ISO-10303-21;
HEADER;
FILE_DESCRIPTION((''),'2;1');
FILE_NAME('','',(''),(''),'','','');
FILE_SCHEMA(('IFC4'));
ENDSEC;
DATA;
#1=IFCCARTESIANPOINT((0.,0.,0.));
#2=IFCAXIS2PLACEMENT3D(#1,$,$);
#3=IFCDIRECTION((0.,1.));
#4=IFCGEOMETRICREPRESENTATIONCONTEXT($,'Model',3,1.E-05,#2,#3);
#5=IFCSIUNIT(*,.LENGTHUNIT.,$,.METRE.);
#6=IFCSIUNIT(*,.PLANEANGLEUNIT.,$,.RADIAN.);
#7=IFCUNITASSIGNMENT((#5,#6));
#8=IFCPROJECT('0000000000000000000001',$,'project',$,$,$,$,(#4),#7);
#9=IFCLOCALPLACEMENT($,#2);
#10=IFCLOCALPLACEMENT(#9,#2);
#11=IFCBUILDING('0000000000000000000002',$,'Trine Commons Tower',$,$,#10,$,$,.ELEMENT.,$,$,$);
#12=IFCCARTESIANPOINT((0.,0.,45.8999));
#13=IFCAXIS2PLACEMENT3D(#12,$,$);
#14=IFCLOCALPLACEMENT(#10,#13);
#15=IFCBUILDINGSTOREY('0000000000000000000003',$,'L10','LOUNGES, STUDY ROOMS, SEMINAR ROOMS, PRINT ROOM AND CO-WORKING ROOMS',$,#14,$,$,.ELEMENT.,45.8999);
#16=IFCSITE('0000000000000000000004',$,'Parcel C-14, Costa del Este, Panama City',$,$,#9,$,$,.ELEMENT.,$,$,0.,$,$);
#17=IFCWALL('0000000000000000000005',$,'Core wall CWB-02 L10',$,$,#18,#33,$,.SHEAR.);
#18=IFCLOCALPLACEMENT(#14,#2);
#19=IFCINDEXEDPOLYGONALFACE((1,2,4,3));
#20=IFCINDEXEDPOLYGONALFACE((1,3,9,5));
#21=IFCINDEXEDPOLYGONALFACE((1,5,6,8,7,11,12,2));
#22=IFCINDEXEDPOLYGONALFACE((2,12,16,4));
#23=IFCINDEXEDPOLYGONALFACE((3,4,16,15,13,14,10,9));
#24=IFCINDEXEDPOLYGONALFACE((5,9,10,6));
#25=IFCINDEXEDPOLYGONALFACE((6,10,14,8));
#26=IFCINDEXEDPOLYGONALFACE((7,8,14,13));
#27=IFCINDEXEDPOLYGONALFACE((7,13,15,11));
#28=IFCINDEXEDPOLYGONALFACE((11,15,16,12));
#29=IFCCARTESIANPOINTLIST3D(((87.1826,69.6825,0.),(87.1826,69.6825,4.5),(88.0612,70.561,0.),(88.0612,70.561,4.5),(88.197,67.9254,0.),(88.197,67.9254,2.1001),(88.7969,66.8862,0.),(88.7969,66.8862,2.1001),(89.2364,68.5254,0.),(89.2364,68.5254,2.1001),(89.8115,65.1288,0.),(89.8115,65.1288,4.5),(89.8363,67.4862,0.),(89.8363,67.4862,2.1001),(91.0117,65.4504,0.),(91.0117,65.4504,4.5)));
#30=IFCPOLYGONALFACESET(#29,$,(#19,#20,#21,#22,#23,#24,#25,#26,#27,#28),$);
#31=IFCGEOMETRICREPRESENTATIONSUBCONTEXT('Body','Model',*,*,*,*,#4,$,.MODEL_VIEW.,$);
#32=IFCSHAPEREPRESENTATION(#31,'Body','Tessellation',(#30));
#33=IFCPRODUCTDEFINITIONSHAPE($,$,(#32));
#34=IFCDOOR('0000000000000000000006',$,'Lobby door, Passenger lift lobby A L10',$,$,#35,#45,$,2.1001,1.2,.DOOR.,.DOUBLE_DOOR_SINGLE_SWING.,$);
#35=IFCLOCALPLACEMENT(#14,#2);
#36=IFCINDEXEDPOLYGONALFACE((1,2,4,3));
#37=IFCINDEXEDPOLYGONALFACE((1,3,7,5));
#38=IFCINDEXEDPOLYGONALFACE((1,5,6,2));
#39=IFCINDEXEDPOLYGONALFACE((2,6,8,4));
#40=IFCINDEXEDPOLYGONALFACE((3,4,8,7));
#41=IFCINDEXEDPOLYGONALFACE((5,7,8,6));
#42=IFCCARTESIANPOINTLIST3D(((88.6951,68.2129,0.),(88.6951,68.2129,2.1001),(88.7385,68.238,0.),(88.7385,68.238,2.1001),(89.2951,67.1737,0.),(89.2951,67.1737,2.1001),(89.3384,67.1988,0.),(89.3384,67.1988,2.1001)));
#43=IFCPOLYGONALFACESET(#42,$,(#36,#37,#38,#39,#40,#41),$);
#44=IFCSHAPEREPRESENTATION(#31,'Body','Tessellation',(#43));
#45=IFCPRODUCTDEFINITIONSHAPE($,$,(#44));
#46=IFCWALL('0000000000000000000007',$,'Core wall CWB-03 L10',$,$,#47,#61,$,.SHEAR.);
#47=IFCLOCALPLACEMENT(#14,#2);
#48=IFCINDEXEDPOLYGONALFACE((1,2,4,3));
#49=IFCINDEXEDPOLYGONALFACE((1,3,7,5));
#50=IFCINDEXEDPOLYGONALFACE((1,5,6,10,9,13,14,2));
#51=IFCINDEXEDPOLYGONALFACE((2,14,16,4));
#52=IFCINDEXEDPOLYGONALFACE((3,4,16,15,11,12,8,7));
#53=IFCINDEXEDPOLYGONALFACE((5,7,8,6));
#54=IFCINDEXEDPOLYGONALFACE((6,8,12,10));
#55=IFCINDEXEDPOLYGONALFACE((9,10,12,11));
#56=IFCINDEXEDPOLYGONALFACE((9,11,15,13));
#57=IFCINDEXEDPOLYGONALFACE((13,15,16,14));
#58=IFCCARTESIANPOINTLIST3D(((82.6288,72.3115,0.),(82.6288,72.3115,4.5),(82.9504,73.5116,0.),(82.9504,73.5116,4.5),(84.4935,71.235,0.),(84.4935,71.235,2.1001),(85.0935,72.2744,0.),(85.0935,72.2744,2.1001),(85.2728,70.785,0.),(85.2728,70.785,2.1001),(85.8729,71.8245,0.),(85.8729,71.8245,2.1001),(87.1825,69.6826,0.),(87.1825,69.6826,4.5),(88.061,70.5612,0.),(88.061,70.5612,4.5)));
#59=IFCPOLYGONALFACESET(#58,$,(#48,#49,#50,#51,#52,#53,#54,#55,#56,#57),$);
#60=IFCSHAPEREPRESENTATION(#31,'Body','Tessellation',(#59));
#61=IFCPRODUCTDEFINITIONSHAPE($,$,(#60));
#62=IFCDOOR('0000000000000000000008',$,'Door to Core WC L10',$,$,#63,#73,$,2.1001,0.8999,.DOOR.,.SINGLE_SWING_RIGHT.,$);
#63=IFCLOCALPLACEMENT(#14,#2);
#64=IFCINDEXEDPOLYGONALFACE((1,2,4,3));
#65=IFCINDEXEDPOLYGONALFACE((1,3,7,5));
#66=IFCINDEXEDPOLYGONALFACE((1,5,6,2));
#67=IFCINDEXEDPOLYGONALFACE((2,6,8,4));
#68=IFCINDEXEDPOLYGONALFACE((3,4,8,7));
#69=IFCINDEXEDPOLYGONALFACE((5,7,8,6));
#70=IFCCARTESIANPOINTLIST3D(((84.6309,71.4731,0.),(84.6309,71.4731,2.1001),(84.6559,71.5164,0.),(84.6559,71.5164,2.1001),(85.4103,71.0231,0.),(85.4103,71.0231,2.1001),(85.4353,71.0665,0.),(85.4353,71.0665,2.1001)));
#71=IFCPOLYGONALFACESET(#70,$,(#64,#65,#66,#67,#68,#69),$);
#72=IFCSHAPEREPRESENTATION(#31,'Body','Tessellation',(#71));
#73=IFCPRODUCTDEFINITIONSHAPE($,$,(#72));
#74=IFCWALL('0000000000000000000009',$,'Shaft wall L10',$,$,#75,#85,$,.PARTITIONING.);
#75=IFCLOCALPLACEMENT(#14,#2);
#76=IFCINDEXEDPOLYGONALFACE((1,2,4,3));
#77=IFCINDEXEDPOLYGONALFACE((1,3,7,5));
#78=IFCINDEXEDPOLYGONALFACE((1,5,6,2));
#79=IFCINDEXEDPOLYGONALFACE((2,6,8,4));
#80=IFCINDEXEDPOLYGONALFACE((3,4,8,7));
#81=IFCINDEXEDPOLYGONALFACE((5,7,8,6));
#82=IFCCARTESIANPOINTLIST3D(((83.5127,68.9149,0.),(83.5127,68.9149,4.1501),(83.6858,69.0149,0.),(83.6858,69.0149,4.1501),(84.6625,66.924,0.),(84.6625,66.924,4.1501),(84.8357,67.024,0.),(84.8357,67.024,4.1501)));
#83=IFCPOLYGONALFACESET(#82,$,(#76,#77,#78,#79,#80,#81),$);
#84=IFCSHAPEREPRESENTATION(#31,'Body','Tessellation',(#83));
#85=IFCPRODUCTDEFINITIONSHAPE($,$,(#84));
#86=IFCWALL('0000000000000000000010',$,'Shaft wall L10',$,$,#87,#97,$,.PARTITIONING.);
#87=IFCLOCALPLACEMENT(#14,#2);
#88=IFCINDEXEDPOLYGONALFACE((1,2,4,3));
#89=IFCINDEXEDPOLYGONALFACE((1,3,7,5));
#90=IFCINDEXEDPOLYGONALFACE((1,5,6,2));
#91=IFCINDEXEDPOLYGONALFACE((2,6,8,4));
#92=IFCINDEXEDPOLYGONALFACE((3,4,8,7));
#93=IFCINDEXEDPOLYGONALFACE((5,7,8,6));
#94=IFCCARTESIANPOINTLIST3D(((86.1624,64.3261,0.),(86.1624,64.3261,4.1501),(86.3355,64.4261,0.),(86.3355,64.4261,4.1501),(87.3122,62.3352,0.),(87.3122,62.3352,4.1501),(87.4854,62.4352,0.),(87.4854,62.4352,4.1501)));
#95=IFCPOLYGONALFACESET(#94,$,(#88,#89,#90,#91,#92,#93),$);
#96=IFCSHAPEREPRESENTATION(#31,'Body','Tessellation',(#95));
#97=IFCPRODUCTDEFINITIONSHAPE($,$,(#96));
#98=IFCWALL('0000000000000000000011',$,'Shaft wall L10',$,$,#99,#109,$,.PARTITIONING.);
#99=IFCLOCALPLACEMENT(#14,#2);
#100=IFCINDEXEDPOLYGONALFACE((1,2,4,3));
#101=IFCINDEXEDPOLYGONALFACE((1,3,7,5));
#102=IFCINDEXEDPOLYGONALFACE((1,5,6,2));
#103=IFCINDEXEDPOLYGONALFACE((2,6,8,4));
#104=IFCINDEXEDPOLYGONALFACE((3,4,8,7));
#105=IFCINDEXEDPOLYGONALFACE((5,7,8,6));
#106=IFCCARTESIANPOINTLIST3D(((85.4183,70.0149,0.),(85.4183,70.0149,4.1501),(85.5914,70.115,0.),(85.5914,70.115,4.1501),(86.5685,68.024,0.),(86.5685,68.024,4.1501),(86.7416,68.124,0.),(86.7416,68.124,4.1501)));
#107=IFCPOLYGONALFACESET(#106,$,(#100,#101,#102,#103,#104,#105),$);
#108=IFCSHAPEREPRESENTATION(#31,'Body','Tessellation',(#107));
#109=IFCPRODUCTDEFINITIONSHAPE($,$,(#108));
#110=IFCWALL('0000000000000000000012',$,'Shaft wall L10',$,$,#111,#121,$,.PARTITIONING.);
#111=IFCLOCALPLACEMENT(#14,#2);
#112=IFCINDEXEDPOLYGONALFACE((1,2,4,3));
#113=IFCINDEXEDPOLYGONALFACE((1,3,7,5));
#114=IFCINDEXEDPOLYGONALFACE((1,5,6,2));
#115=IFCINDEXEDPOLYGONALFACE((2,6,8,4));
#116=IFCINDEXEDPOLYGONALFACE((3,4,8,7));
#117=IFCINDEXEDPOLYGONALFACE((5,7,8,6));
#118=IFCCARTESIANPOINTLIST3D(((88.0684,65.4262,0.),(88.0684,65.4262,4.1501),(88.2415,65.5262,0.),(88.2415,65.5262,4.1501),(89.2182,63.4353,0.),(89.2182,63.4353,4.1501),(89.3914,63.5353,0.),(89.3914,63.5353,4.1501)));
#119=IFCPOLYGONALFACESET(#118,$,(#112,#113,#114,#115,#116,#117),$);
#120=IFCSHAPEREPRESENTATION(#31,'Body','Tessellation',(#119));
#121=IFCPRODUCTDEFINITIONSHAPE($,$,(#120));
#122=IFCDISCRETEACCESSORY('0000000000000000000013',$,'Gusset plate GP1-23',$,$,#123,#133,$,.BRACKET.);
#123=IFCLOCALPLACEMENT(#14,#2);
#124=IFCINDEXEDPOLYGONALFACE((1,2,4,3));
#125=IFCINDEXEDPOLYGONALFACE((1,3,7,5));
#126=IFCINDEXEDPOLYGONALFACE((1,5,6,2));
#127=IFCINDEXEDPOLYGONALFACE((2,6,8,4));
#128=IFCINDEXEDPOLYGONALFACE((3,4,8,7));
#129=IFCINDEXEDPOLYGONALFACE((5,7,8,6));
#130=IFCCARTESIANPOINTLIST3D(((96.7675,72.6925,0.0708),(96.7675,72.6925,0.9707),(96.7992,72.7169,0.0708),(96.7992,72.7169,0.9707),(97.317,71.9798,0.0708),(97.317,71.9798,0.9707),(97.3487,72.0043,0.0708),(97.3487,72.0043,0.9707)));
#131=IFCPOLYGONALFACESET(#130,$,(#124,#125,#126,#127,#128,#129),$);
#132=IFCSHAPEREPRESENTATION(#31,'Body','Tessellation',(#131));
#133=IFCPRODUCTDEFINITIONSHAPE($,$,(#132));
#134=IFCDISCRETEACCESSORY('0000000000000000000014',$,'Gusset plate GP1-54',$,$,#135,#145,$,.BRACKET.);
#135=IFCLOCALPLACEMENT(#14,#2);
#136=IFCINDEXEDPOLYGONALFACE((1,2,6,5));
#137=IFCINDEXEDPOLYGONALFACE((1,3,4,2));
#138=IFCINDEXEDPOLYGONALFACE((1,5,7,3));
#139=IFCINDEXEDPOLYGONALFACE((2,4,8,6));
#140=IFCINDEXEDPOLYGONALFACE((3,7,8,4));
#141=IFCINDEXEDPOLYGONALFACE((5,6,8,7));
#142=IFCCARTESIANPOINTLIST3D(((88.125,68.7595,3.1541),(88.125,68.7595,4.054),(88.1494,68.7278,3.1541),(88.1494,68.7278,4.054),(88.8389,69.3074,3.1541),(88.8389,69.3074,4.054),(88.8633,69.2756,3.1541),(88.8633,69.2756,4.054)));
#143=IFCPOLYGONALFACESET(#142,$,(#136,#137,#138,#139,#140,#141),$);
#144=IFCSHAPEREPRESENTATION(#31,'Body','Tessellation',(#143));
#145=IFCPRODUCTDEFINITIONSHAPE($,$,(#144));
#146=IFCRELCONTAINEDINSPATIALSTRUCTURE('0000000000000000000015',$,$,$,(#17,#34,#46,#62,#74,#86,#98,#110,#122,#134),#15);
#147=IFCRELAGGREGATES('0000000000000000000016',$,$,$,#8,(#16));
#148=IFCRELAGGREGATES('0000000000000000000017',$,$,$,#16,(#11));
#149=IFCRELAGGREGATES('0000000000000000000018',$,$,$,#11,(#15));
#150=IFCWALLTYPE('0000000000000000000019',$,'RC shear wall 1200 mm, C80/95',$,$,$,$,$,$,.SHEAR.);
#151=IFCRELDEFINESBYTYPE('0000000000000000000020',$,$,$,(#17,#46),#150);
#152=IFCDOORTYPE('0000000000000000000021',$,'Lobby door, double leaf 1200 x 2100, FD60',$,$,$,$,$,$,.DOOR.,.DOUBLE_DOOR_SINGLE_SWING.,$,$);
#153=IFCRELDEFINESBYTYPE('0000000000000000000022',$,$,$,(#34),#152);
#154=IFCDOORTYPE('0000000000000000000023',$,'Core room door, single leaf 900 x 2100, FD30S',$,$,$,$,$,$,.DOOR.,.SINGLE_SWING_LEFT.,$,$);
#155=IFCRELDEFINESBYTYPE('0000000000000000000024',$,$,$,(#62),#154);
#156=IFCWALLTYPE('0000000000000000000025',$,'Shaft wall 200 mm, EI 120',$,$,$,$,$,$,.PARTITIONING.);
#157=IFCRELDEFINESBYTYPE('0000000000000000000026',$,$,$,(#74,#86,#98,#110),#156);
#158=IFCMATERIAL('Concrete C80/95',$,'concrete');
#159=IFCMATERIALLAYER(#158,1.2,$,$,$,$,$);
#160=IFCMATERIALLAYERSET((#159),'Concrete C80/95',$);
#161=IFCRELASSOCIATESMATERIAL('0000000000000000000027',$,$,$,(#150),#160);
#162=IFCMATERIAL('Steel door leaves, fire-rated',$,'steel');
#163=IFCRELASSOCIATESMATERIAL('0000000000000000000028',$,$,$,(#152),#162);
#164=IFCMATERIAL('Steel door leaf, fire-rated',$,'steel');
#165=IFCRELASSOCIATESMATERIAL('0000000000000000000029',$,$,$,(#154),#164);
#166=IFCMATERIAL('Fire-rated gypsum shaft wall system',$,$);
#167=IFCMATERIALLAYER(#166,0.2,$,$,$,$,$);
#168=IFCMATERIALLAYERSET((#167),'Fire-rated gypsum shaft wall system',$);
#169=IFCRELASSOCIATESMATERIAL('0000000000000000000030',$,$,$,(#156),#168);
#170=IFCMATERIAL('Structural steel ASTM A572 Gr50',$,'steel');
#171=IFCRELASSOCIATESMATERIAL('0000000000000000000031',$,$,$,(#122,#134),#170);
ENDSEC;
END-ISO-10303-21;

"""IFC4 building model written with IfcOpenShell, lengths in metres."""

from ifc_helpers import new_model, si_unit, direction, frame, frame_2d, origin, origin_2d, place, context, subcontext, project, spatial, polyline, rectangle, outline, extrude, material, layer, layer_set, type_object, element, fill, save


model = new_model("IFC4")

# Units and contexts
model_context = context("Model", 3, precision=1e-05, world=origin(), true_north=direction((0.0, 1.0)))
body_context = subcontext(model_context, "Body", "Model", "MODEL_VIEW")
ifc_project = project(units=[si_unit("LENGTHUNIT", "METRE"), si_unit("PLANEANGLEUNIT", "RADIAN")], contexts=[model_context])

# Site, building, storey
site_placement = place(None, origin())
site = spatial("IfcSite", under=ifc_project, at=site_placement, Name="Parcel C-14, Costa del Este, Panama City", CompositionType="ELEMENT", RefElevation=0.0)
building_placement = place(site_placement, origin())
building = spatial("IfcBuilding", under=site, at=building_placement, Name="Trine Commons Tower", CompositionType="ELEMENT")
storey_placement = place(building_placement, frame((0.0, 0.0, 45.8999)))
storey = spatial("IfcBuildingStorey", under=building, at=storey_placement, Name="L10", Description="LOUNGES, STUDY ROOMS, SEMINAR ROOMS, PRINT ROOM AND CO-WORKING ROOMS", CompositionType="ELEMENT", Elevation=45.8999)

# Walls, openings, doors
ifc_material_1 = material(Name="Concrete C80/95", Category="concrete")
ifc_layer_1 = layer(ifc_material_1, 1.2)
ifc_layer_set_1 = layer_set([ifc_layer_1], Name="Concrete C80/95")
wall_type_1 = type_object("IfcWallType", Name="RC shear wall 1200 mm, C80/95", PredefinedType="SHEAR", material=ifc_layer_set_1)
wall_1_placement = place(storey_placement, frame((90.4919, 65.1504, 0.0), z_axis=(0.0, 0.0, 1.0), x_axis=(-0.499979, 0.866037, 0.0)))
wall_1 = element("IfcWall", 1, at=wall_1_placement, inside=storey, type_object=wall_type_1, Name="Core wall CWB-02 L10", PredefinedType="SHEAR", context=body_context, shape_type="SweptSolid", body=[
    extrude(outline(polyline([(0.0, -0.6001), (5.9011, -0.6001), (5.5796, 0.6001), (0.3215, 0.6001), (0.0, -0.6001)])), origin(), (0.0, 0.0, 1.0), 4.5),
])
opening_1_placement = place(wall_1_placement, frame((2.3506, 0.0, 0.0)))
opening_1 = element("IfcOpeningElement", 2, at=opening_1_placement, cuts=wall_1, PredefinedType="OPENING", context=body_context, shape_type="SweptSolid", body=[
    extrude(rectangle(XDim=1.2, YDim=2.1001, at=frame_2d((0.6001, 1.05))), frame((0.0, 0.6099, 0.0), z_axis=(0.0, -1.0, 0.0), x_axis=(1.0, 0.0, 0.0)), (0.0, 0.0, 1.0), 1.22),
])
ifc_material_2 = material(Name="Steel door leaves, fire-rated", Category="steel")
door_type_1 = type_object("IfcDoorType", Name="Lobby door, double leaf 1200 x 2100, FD60", OperationType="DOUBLE_DOOR_SINGLE_SWING", PredefinedType="DOOR", material=ifc_material_2)
door_1_placement = place(opening_1_placement, origin())
door_1 = element("IfcDoor", 3, at=door_1_placement, inside=storey, type_object=door_type_1, Name="Lobby door, Passenger lift lobby A L10", OperationType="DOUBLE_DOOR_SINGLE_SWING", OverallHeight=2.1001, OverallWidth=1.2, PredefinedType="DOOR", context=body_context, shape_type="SweptSolid", body=[
    extrude(rectangle(XDim=1.2, YDim=2.1001, at=frame_2d((0.6001, 1.05))), frame((0.0, 0.0249, 0.0), z_axis=(0.0, -1.0, 0.0), x_axis=(1.0, 0.0, 0.0)), (0.0, 0.0, 1.0), 0.05),
])
fill(opening_1, door_1)
wall_2_placement = place(storey_placement, frame((87.761, 70.0415, 0.0), z_axis=(0.0, 0.0, 1.0), x_axis=(-0.866037, 0.499979, 0.0)))
wall_2 = element("IfcWall", 4, at=wall_2_placement, inside=storey, type_object=wall_type_1, Name="Core wall CWB-03 L10", PredefinedType="SHEAR", context=body_context, shape_type="SweptSolid", body=[
    extrude(outline(polyline([(0.0, -0.6001), (5.9011, -0.6001), (5.5796, 0.6001), (0.3215, 0.6001), (0.0, -0.6001)])), origin(), (0.0, 0.0, 1.0), 4.5),
])
opening_2_placement = place(wall_2_placement, frame((2.5266, 0.0, 0.0)))
opening_2 = element("IfcOpeningElement", 5, at=opening_2_placement, cuts=wall_2, PredefinedType="OPENING", context=body_context, shape_type="SweptSolid", body=[
    extrude(rectangle(XDim=0.8999, YDim=2.1001, at=frame_2d((0.45, 1.05))), frame((0.0, 0.6099, 0.0), z_axis=(0.0, -1.0, 0.0), x_axis=(1.0, 0.0, 0.0)), (0.0, 0.0, 1.0), 1.22),
])
ifc_material_3 = material(Name="Steel door leaf, fire-rated", Category="steel")
door_type_2 = type_object("IfcDoorType", Name="Core room door, single leaf 900 x 2100, FD30S", OperationType="SINGLE_SWING_LEFT", PredefinedType="DOOR", material=ifc_material_3)
door_2_placement = place(opening_2_placement, origin())
door_2 = element("IfcDoor", 6, at=door_2_placement, inside=storey, type_object=door_type_2, Name="Door to Core WC L10", OperationType="SINGLE_SWING_RIGHT", OverallHeight=2.1001, OverallWidth=0.8999, PredefinedType="DOOR", context=body_context, shape_type="SweptSolid", body=[
    extrude(rectangle(XDim=0.8999, YDim=2.1001, at=frame_2d((0.45, 1.05))), frame((0.0, 0.3252, 0.0), z_axis=(0.0, -1.0, 0.0), x_axis=(1.0, 0.0, 0.0)), (0.0, 0.0, 1.0), 0.05),
])
fill(opening_2, door_2)

# Walls
ifc_material_4 = material(Name="Fire-rated gypsum shaft wall system")
ifc_layer_2 = layer(ifc_material_4, 0.2)
ifc_layer_set_2 = layer_set([ifc_layer_2], Name="Fire-rated gypsum shaft wall system")
wall_type_2 = type_object("IfcWallType", Name="Shaft wall 200 mm, EI 120", PredefinedType="PARTITIONING", material=ifc_layer_set_2)
for number, where, z_axis, x_axis, name in (
    (7, (84.749, 66.9741, 0.0), (0.0, 0.0, 1.0), (-0.500136, 0.865947, 0.0), "Shaft wall L10"),
    (8, (86.249, 64.376, 0.0), (0.0, 0.0, 1.0), (0.500136, -0.865947, 0.0), "Shaft wall L10"),
):
    element("IfcWall", number, at=place(storey_placement, frame(where, z_axis=z_axis, x_axis=x_axis)), inside=storey, type_object=wall_type_2, Name=name, PredefinedType="PARTITIONING", context=body_context, shape_type="SweptSolid", body=[
        extrude(rectangle(XDim=2.2991, YDim=0.2, at=frame_2d((1.1494, 0.0))), origin(), (0.0, 0.0, 1.0), 4.1501),
    ])
wall_3_placement = place(storey_placement, frame((86.655, 68.074, 0.0), z_axis=(0.0, 0.0, 1.0), x_axis=(-0.500216, 0.865901, 0.0)))
element("IfcWall", 9, at=wall_3_placement, inside=storey, type_object=wall_type_2, Name="Shaft wall L10", PredefinedType="PARTITIONING", context=body_context, shape_type="SweptSolid", body=[
    extrude(rectangle(XDim=2.2993, YDim=0.2, at=frame_2d((1.1497, 0.0))), origin(), (0.0, 0.0, 1.0), 4.1501),
])
wall_4_placement = place(storey_placement, frame((88.155, 65.4761, 0.0), z_axis=(0.0, 0.0, 1.0), x_axis=(0.500136, -0.865947, 0.0)))
element("IfcWall", 10, at=wall_4_placement, inside=storey, type_object=wall_type_2, Name="Shaft wall L10", PredefinedType="PARTITIONING", context=body_context, shape_type="SweptSolid", body=[
    extrude(rectangle(XDim=2.2991, YDim=0.2, at=frame_2d((1.1494, 0.0))), origin(), (0.0, 0.0, 1.0), 4.1501),
])

# Discrete accessories
ifc_material_5 = material(Name="Structural steel ASTM A572 Gr50", Category="steel")
for number, where, z_axis, x_axis, name in (
    (11, (97.0581, 72.3484, 0.0708), (0.0, 0.0, 1.0), (-0.610657, 0.791895, 0.0), "Gusset plate GP1-23"),
    (12, (88.4941, 69.0176, 3.1541), (0.0, 0.0, 1.0), (0.793353, 0.608761, 0.0), "Gusset plate GP1-54"),
):
    element("IfcDiscreteAccessory", number, at=place(storey_placement, frame(where, z_axis=z_axis, x_axis=x_axis)), inside=storey, material=ifc_material_5, Name=name, PredefinedType="BRACKET", context=body_context, shape_type="SweptSolid", body=[
        extrude(rectangle(XDim=0.8999, YDim=0.04, at=origin_2d()), origin(), (0.0, 0.0, 1.0), 0.8999),
    ])

save(model, "model.ifc")
